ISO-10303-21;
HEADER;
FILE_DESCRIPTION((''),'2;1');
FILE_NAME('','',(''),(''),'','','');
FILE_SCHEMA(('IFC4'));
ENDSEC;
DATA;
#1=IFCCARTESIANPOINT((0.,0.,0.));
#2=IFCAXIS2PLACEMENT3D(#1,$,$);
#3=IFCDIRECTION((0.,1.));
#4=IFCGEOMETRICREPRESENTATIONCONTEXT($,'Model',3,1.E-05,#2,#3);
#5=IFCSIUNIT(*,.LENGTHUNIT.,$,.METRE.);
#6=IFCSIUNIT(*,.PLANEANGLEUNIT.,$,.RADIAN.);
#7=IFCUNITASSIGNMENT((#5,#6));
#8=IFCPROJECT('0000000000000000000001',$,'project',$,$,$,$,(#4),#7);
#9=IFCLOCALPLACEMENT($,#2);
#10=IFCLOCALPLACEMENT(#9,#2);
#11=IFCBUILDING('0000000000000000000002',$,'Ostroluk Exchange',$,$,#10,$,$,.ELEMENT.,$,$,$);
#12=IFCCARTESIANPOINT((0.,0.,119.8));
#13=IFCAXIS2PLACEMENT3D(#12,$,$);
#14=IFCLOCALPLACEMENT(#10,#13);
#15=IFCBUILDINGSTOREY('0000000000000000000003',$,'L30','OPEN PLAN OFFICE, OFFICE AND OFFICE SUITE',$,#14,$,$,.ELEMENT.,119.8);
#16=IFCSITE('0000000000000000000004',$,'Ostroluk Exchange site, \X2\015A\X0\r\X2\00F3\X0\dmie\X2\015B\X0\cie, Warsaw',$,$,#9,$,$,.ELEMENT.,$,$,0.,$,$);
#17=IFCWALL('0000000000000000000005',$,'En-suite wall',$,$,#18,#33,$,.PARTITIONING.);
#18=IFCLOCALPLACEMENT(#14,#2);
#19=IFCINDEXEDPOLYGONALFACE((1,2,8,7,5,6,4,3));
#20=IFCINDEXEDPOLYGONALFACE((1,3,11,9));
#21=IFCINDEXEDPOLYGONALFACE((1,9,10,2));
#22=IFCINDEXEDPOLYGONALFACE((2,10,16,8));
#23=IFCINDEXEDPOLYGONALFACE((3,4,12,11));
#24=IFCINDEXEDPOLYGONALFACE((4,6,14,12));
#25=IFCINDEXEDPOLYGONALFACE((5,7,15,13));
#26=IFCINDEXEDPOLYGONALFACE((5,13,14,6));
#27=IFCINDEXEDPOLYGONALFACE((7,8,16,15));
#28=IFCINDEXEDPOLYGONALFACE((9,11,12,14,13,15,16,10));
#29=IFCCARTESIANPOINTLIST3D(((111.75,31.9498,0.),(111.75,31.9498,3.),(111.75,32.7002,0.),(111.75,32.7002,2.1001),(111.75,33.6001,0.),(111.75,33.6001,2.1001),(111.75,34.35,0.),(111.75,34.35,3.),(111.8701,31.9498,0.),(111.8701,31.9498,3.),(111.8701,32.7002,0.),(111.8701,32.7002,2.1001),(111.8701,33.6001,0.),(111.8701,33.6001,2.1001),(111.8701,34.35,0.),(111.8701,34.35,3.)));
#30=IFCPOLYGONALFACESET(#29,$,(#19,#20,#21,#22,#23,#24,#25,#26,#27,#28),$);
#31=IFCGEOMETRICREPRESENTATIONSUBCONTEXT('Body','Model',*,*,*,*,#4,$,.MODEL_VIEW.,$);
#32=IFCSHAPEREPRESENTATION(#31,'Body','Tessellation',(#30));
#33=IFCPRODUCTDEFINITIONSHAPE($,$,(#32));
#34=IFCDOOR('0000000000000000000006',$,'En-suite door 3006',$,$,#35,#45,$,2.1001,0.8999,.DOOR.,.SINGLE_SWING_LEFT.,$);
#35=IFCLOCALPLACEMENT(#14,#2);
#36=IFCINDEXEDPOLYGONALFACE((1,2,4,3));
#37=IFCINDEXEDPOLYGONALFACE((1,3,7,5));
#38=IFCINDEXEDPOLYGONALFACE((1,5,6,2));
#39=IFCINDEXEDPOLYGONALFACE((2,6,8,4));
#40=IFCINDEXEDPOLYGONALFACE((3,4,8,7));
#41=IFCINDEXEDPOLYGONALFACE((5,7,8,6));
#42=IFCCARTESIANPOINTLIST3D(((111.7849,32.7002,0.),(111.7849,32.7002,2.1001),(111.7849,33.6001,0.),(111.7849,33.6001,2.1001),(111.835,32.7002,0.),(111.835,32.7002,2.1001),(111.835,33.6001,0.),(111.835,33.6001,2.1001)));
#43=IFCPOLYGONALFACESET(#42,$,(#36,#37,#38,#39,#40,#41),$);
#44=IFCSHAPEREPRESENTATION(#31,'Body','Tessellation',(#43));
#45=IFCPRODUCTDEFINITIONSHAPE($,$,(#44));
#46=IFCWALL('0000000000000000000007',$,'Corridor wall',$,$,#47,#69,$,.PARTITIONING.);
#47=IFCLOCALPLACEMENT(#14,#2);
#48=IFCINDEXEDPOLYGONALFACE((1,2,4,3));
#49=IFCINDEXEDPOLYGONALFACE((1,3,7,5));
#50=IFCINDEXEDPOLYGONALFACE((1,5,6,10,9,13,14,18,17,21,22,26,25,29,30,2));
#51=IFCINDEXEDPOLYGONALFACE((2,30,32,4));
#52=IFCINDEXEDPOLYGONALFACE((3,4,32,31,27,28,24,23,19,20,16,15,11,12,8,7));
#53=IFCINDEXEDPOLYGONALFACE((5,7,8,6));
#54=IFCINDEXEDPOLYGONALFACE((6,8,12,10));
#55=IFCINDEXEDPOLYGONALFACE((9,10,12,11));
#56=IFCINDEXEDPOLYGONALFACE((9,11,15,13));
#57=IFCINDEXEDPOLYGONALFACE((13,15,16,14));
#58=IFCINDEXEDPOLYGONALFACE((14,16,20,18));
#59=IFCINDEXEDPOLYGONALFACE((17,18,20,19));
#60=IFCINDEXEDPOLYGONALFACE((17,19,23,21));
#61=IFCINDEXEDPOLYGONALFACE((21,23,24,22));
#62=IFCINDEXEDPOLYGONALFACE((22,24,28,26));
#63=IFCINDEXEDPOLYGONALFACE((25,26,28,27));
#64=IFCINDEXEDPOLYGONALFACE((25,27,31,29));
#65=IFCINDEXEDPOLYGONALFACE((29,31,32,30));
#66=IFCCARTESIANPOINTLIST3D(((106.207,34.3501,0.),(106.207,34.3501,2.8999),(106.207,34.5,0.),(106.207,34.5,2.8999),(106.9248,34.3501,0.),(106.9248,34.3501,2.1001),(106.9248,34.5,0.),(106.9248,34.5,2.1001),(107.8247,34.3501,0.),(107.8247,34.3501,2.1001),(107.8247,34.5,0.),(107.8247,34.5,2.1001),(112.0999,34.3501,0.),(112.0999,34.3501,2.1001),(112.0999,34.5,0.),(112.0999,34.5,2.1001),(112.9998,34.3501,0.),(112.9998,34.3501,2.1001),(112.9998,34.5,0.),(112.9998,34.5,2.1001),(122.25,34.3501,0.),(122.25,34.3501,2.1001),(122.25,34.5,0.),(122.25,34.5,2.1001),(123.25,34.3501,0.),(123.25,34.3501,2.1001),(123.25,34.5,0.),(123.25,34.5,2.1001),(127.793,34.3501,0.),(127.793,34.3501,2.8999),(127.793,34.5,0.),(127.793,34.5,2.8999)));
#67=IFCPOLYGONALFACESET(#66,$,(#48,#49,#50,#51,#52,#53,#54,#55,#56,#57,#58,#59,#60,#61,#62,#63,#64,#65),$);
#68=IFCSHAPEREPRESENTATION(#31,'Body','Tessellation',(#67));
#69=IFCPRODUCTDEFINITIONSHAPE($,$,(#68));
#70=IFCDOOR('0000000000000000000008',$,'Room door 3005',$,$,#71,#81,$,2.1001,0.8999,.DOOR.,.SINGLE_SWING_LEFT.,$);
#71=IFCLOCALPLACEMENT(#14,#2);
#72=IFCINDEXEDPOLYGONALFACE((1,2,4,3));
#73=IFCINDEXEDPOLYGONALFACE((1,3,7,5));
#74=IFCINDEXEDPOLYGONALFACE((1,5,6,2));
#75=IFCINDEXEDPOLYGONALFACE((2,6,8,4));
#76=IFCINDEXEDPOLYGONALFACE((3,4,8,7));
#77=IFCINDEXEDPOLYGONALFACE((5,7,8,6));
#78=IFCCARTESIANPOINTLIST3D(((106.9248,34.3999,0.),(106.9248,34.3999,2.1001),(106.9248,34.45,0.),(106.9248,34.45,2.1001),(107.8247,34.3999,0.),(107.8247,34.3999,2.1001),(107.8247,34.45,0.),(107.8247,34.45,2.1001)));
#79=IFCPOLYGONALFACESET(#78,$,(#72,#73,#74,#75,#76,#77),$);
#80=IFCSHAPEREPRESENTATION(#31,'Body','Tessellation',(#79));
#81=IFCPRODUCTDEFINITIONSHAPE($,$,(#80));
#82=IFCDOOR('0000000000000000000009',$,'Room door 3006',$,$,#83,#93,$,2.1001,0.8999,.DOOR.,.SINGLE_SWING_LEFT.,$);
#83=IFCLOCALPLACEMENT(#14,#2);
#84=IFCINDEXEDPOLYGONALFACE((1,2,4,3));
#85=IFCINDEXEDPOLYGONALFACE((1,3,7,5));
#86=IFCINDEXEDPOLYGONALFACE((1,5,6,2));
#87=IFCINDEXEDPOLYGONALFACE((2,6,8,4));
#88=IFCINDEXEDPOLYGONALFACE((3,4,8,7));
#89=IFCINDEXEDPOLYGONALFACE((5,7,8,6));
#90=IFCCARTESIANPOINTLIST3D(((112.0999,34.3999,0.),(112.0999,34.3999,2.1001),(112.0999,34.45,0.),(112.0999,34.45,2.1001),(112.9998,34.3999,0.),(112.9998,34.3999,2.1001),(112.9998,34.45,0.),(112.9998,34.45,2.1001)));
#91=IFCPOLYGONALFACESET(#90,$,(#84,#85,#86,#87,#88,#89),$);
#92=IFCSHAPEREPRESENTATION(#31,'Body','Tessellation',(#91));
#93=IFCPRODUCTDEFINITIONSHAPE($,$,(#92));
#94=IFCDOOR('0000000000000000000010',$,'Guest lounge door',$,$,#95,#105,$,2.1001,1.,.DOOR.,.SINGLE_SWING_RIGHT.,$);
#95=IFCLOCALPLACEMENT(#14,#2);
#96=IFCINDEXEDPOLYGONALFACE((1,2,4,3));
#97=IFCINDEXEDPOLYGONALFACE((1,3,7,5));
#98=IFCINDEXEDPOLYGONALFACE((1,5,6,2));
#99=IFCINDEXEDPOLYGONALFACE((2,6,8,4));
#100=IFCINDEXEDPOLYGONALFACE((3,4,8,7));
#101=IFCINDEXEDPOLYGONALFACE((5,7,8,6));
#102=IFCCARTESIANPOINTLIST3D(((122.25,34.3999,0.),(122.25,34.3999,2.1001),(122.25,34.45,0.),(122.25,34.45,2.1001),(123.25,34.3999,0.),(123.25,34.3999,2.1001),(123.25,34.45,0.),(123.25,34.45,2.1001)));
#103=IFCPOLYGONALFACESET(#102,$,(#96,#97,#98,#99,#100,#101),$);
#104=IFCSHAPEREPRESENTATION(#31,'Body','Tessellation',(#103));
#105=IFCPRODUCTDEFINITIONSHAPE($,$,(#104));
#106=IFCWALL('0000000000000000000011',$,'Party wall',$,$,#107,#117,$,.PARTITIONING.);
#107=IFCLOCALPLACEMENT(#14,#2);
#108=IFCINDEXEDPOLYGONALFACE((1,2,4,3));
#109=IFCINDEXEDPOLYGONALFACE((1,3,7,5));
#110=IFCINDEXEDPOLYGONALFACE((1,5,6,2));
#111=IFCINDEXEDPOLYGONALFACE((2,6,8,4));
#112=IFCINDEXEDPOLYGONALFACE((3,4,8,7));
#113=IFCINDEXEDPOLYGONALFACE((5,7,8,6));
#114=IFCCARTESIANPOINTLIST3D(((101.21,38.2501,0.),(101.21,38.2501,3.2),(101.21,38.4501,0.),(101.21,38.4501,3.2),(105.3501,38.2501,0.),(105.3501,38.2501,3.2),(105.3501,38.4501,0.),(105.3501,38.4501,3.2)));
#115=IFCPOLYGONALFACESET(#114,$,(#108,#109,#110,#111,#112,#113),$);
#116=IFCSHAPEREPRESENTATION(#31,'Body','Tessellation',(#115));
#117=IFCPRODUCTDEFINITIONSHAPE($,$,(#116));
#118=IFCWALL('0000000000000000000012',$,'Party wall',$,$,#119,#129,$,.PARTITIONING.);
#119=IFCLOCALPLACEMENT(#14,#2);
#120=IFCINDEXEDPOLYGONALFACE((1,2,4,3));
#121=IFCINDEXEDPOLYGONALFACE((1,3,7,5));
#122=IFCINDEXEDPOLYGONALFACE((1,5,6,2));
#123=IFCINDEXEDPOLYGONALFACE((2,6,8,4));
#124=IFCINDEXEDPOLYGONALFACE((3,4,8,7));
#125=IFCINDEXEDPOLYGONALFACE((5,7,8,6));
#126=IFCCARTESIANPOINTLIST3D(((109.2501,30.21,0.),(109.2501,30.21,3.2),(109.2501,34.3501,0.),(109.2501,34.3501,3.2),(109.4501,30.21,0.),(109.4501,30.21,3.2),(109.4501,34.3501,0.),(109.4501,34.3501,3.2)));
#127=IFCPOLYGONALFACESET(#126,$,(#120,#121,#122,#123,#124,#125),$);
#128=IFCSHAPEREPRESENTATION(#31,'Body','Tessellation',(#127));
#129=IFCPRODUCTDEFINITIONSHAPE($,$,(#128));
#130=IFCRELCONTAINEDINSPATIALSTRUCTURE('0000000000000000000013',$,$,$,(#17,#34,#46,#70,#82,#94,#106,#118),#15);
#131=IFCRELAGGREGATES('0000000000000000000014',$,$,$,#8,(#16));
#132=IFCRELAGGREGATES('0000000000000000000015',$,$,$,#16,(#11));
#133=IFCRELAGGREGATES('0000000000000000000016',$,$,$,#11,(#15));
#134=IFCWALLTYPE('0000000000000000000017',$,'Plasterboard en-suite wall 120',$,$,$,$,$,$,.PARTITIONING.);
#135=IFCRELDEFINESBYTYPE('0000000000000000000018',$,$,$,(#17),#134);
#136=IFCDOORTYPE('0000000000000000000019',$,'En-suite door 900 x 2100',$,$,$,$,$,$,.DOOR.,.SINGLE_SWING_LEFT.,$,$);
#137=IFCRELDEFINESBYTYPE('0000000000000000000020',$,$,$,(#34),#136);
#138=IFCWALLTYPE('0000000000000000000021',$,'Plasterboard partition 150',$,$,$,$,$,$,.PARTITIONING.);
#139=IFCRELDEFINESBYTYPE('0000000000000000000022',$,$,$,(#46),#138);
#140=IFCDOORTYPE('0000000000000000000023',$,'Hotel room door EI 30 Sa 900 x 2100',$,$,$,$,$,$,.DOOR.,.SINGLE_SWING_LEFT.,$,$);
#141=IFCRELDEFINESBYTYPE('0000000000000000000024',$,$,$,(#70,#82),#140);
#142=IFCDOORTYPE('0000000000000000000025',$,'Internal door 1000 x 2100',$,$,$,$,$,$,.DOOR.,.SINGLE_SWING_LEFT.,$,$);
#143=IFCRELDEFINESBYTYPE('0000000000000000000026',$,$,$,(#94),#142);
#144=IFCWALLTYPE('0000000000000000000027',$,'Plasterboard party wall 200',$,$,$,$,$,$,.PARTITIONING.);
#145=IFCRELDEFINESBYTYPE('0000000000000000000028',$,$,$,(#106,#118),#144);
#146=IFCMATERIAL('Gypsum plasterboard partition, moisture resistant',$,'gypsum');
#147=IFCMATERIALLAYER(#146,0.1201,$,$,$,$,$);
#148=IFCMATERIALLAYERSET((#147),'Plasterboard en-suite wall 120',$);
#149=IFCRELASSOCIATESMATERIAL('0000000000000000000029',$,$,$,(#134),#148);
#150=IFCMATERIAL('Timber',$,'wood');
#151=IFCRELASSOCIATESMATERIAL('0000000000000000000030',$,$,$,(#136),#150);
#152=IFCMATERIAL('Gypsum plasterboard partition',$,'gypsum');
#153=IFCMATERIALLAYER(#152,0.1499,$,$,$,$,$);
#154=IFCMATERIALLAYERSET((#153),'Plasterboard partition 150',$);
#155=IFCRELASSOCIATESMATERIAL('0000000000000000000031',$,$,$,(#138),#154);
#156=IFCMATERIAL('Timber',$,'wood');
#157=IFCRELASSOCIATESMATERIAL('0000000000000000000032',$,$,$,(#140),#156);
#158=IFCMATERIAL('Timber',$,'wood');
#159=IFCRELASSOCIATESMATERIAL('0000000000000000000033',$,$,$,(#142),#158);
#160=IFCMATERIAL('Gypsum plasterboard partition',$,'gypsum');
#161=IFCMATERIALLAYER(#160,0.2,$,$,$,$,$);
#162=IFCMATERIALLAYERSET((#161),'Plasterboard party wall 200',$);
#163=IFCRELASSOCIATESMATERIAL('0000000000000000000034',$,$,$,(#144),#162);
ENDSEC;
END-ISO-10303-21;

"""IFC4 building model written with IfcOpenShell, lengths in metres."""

from ifc_helpers import new_model, si_unit, direction, frame, frame_2d, origin, place, context, subcontext, project, spatial, rectangle, extrude, material, layer, layer_set, type_object, element, fill, save


model = new_model("IFC4")

# Units and contexts
model_context = context("Model", 3, precision=1e-05, world=origin(), true_north=direction((0.0, 1.0)))
body_context = subcontext(model_context, "Body", "Model", "MODEL_VIEW")
ifc_project = project(units=[si_unit("LENGTHUNIT", "METRE"), si_unit("PLANEANGLEUNIT", "RADIAN")], contexts=[model_context])

# Site, building, storey
site_placement = place(None, origin())
site = spatial("IfcSite", under=ifc_project, at=site_placement, Name="Ostroluk Exchange site, Śródmieście, Warsaw", CompositionType="ELEMENT", RefElevation=0.0)
building_placement = place(site_placement, origin())
building = spatial("IfcBuilding", under=site, at=building_placement, Name="Ostroluk Exchange", CompositionType="ELEMENT")
storey_placement = place(building_placement, frame((0.0, 0.0, 119.8)))
storey = spatial("IfcBuildingStorey", under=building, at=storey_placement, Name="L30", Description="OPEN PLAN OFFICE, OFFICE AND OFFICE SUITE", CompositionType="ELEMENT", Elevation=119.8)

# Wall, opening, door
ifc_material_1 = material(Name="Gypsum plasterboard partition, moisture resistant", Category="gypsum")
ifc_layer_1 = layer(ifc_material_1, 0.1201)
ifc_layer_set_1 = layer_set([ifc_layer_1], Name="Plasterboard en-suite wall 120")
wall_type_1 = type_object("IfcWallType", Name="Plasterboard en-suite wall 120", PredefinedType="PARTITIONING", material=ifc_layer_set_1)
ifc_material_2 = material(Name="Timber", Category="wood")
door_type_1 = type_object("IfcDoorType", Name="En-suite door 900 x 2100", OperationType="SINGLE_SWING_LEFT", PredefinedType="DOOR", material=ifc_material_2)
wall_1_placement = place(storey_placement, frame((111.8101, 34.3501, 0.0), z_axis=(0.0, 0.0, 1.0), x_axis=(0.0, -1.0, 0.0)))
wall_1 = element("IfcWall", 1, at=wall_1_placement, inside=storey, type_object=wall_type_1, Name="En-suite wall", PredefinedType="PARTITIONING", context=body_context, shape_type="SweptSolid", body=[
    extrude(rectangle(XDim=2.4001, YDim=0.1201, at=frame_2d((1.2002, 0.0))), origin(), (0.0, 0.0, 1.0), 3.0),
])
opening_1_placement = place(wall_1_placement, frame((0.75, 0.0, 0.0)))
opening_1 = element("IfcOpeningElement", 2, at=opening_1_placement, cuts=wall_1, PredefinedType="OPENING", context=body_context, shape_type="SweptSolid", body=[
    extrude(rectangle(XDim=0.8999, YDim=2.1001, at=frame_2d((0.45, 1.05))), frame((0.0, 0.0701, 0.0), z_axis=(0.0, -1.0, 0.0), x_axis=(1.0, 0.0, 0.0)), (0.0, 0.0, 1.0), 0.1401),
])
door_1_placement = place(opening_1_placement, origin())
door_1 = element("IfcDoor", 3, at=door_1_placement, inside=storey, type_object=door_type_1, Name="En-suite door 3006", OperationType="SINGLE_SWING_LEFT", OverallHeight=2.1001, OverallWidth=0.8999, PredefinedType="DOOR", context=body_context, shape_type="SweptSolid", body=[
    extrude(rectangle(XDim=0.8999, YDim=2.1001, at=frame_2d((0.45, 1.05))), frame((0.0, 0.0249, 0.0), z_axis=(0.0, -1.0, 0.0), x_axis=(1.0, 0.0, 0.0)), (0.0, 0.0, 1.0), 0.05),
])
fill(opening_1, door_1)

# Wall, openings, doors
ifc_material_3 = material(Name="Gypsum plasterboard partition", Category="gypsum")
ifc_layer_2 = layer(ifc_material_3, 0.1499)
ifc_layer_set_2 = layer_set([ifc_layer_2], Name="Plasterboard partition 150")
wall_type_2 = type_object("IfcWallType", Name="Plasterboard partition 150", PredefinedType="PARTITIONING", material=ifc_layer_set_2)
wall_2_placement = place(storey_placement, frame((106.207, 34.425, 0.0), z_axis=(0.0, 0.0, 1.0), x_axis=(1.0, 0.0, 0.0)))
wall_2 = element("IfcWall", 4, at=wall_2_placement, inside=storey, type_object=wall_type_2, Name="Corridor wall", PredefinedType="PARTITIONING", context=body_context, shape_type="SweptSolid", body=[
    extrude(rectangle(XDim=21.5859, YDim=0.1499, at=frame_2d((10.793, 0.0))), origin(), (0.0, 0.0, 1.0), 2.8999),
])
opening_2_placement = place(wall_2_placement, frame((0.7178, 0.0, 0.0)))
opening_2 = element("IfcOpeningElement", 5, at=opening_2_placement, cuts=wall_2, PredefinedType="OPENING", context=body_context, shape_type="SweptSolid", body=[
    extrude(rectangle(XDim=0.8999, YDim=2.1001, at=frame_2d((0.45, 1.05))), frame((0.0, 0.085, 0.0), z_axis=(0.0, -1.0, 0.0), x_axis=(1.0, 0.0, 0.0)), (0.0, 0.0, 1.0), 0.1699),
])
opening_3_placement = place(wall_2_placement, frame((5.8928, 0.0, 0.0)))
opening_3 = element("IfcOpeningElement", 6, at=opening_3_placement, cuts=wall_2, PredefinedType="OPENING", context=body_context, shape_type="SweptSolid", body=[
    extrude(rectangle(XDim=0.8999, YDim=2.1001, at=frame_2d((0.45, 1.05))), frame((0.0, 0.085, 0.0), z_axis=(0.0, -1.0, 0.0), x_axis=(1.0, 0.0, 0.0)), (0.0, 0.0, 1.0), 0.1699),
])
opening_4_placement = place(wall_2_placement, frame((16.043, 0.0, 0.0)))
opening_4 = element("IfcOpeningElement", 7, at=opening_4_placement, cuts=wall_2, PredefinedType="OPENING", context=body_context, shape_type="SweptSolid", body=[
    extrude(rectangle(XDim=1.0, YDim=2.1001, at=frame_2d((0.5, 1.05))), frame((0.0, 0.085, 0.0), z_axis=(0.0, -1.0, 0.0), x_axis=(1.0, 0.0, 0.0)), (0.0, 0.0, 1.0), 0.1699),
])
ifc_material_4 = material(Name="Timber", Category="wood")
door_type_2 = type_object("IfcDoorType", Name="Hotel room door EI 30 Sa 900 x 2100", OperationType="SINGLE_SWING_LEFT", PredefinedType="DOOR", material=ifc_material_4)
door_2_placement = place(opening_2_placement, origin())
door_2 = element("IfcDoor", 8, at=door_2_placement, inside=storey, type_object=door_type_2, Name="Room door 3005", OperationType="SINGLE_SWING_LEFT", OverallHeight=2.1001, OverallWidth=0.8999, PredefinedType="DOOR", context=body_context, shape_type="SweptSolid", body=[
    extrude(rectangle(XDim=0.8999, YDim=2.1001, at=frame_2d((0.45, 1.05))), frame((0.0, 0.0249, 0.0), z_axis=(0.0, -1.0, 0.0), x_axis=(1.0, 0.0, 0.0)), (0.0, 0.0, 1.0), 0.05),
])
fill(opening_2, door_2)
door_3_placement = place(opening_3_placement, origin())
door_3 = element("IfcDoor", 9, at=door_3_placement, inside=storey, type_object=door_type_2, Name="Room door 3006", OperationType="SINGLE_SWING_LEFT", OverallHeight=2.1001, OverallWidth=0.8999, PredefinedType="DOOR", context=body_context, shape_type="SweptSolid", body=[
    extrude(rectangle(XDim=0.8999, YDim=2.1001, at=frame_2d((0.45, 1.05))), frame((0.0, 0.0249, 0.0), z_axis=(0.0, -1.0, 0.0), x_axis=(1.0, 0.0, 0.0)), (0.0, 0.0, 1.0), 0.05),
])
fill(opening_3, door_3)
ifc_material_5 = material(Name="Timber", Category="wood")
door_type_3 = type_object("IfcDoorType", Name="Internal door 1000 x 2100", OperationType="SINGLE_SWING_LEFT", PredefinedType="DOOR", material=ifc_material_5)
door_4_placement = place(opening_4_placement, origin())
door_4 = element("IfcDoor", 10, at=door_4_placement, inside=storey, type_object=door_type_3, Name="Guest lounge door", OperationType="SINGLE_SWING_RIGHT", OverallHeight=2.1001, OverallWidth=1.0, PredefinedType="DOOR", context=body_context, shape_type="SweptSolid", body=[
    extrude(rectangle(XDim=1.0, YDim=2.1001, at=frame_2d((0.5, 1.05))), frame((0.0, 0.0249, 0.0), z_axis=(0.0, -1.0, 0.0), x_axis=(1.0, 0.0, 0.0)), (0.0, 0.0, 1.0), 0.05),
])
fill(opening_4, door_4)

# Walls
ifc_material_6 = material(Name="Gypsum plasterboard partition", Category="gypsum")
ifc_layer_3 = layer(ifc_material_6, 0.2)
ifc_layer_set_3 = layer_set([ifc_layer_3], Name="Plasterboard party wall 200")
wall_type_3 = type_object("IfcWallType", Name="Plasterboard party wall 200", PredefinedType="PARTITIONING", material=ifc_layer_set_3)
for number, where, z_axis, x_axis, name in (
    (11, (105.3501, 38.3501, 0.0), (0.0, 0.0, 1.0), (-1.0, 0.0, 0.0), "Party wall"),
    (12, (109.3501, 34.3501, 0.0), (0.0, 0.0, 1.0), (0.0, -1.0, 0.0), "Party wall"),
):
    element("IfcWall", number, at=place(storey_placement, frame(where, z_axis=z_axis, x_axis=x_axis)), inside=storey, type_object=wall_type_3, Name=name, PredefinedType="PARTITIONING", context=body_context, shape_type="SweptSolid", body=[
        extrude(rectangle(XDim=4.1401, YDim=0.2, at=frame_2d((2.0701, 0.0))), origin(), (0.0, 0.0, 1.0), 3.2),
    ])

save(model, "model.ifc")
